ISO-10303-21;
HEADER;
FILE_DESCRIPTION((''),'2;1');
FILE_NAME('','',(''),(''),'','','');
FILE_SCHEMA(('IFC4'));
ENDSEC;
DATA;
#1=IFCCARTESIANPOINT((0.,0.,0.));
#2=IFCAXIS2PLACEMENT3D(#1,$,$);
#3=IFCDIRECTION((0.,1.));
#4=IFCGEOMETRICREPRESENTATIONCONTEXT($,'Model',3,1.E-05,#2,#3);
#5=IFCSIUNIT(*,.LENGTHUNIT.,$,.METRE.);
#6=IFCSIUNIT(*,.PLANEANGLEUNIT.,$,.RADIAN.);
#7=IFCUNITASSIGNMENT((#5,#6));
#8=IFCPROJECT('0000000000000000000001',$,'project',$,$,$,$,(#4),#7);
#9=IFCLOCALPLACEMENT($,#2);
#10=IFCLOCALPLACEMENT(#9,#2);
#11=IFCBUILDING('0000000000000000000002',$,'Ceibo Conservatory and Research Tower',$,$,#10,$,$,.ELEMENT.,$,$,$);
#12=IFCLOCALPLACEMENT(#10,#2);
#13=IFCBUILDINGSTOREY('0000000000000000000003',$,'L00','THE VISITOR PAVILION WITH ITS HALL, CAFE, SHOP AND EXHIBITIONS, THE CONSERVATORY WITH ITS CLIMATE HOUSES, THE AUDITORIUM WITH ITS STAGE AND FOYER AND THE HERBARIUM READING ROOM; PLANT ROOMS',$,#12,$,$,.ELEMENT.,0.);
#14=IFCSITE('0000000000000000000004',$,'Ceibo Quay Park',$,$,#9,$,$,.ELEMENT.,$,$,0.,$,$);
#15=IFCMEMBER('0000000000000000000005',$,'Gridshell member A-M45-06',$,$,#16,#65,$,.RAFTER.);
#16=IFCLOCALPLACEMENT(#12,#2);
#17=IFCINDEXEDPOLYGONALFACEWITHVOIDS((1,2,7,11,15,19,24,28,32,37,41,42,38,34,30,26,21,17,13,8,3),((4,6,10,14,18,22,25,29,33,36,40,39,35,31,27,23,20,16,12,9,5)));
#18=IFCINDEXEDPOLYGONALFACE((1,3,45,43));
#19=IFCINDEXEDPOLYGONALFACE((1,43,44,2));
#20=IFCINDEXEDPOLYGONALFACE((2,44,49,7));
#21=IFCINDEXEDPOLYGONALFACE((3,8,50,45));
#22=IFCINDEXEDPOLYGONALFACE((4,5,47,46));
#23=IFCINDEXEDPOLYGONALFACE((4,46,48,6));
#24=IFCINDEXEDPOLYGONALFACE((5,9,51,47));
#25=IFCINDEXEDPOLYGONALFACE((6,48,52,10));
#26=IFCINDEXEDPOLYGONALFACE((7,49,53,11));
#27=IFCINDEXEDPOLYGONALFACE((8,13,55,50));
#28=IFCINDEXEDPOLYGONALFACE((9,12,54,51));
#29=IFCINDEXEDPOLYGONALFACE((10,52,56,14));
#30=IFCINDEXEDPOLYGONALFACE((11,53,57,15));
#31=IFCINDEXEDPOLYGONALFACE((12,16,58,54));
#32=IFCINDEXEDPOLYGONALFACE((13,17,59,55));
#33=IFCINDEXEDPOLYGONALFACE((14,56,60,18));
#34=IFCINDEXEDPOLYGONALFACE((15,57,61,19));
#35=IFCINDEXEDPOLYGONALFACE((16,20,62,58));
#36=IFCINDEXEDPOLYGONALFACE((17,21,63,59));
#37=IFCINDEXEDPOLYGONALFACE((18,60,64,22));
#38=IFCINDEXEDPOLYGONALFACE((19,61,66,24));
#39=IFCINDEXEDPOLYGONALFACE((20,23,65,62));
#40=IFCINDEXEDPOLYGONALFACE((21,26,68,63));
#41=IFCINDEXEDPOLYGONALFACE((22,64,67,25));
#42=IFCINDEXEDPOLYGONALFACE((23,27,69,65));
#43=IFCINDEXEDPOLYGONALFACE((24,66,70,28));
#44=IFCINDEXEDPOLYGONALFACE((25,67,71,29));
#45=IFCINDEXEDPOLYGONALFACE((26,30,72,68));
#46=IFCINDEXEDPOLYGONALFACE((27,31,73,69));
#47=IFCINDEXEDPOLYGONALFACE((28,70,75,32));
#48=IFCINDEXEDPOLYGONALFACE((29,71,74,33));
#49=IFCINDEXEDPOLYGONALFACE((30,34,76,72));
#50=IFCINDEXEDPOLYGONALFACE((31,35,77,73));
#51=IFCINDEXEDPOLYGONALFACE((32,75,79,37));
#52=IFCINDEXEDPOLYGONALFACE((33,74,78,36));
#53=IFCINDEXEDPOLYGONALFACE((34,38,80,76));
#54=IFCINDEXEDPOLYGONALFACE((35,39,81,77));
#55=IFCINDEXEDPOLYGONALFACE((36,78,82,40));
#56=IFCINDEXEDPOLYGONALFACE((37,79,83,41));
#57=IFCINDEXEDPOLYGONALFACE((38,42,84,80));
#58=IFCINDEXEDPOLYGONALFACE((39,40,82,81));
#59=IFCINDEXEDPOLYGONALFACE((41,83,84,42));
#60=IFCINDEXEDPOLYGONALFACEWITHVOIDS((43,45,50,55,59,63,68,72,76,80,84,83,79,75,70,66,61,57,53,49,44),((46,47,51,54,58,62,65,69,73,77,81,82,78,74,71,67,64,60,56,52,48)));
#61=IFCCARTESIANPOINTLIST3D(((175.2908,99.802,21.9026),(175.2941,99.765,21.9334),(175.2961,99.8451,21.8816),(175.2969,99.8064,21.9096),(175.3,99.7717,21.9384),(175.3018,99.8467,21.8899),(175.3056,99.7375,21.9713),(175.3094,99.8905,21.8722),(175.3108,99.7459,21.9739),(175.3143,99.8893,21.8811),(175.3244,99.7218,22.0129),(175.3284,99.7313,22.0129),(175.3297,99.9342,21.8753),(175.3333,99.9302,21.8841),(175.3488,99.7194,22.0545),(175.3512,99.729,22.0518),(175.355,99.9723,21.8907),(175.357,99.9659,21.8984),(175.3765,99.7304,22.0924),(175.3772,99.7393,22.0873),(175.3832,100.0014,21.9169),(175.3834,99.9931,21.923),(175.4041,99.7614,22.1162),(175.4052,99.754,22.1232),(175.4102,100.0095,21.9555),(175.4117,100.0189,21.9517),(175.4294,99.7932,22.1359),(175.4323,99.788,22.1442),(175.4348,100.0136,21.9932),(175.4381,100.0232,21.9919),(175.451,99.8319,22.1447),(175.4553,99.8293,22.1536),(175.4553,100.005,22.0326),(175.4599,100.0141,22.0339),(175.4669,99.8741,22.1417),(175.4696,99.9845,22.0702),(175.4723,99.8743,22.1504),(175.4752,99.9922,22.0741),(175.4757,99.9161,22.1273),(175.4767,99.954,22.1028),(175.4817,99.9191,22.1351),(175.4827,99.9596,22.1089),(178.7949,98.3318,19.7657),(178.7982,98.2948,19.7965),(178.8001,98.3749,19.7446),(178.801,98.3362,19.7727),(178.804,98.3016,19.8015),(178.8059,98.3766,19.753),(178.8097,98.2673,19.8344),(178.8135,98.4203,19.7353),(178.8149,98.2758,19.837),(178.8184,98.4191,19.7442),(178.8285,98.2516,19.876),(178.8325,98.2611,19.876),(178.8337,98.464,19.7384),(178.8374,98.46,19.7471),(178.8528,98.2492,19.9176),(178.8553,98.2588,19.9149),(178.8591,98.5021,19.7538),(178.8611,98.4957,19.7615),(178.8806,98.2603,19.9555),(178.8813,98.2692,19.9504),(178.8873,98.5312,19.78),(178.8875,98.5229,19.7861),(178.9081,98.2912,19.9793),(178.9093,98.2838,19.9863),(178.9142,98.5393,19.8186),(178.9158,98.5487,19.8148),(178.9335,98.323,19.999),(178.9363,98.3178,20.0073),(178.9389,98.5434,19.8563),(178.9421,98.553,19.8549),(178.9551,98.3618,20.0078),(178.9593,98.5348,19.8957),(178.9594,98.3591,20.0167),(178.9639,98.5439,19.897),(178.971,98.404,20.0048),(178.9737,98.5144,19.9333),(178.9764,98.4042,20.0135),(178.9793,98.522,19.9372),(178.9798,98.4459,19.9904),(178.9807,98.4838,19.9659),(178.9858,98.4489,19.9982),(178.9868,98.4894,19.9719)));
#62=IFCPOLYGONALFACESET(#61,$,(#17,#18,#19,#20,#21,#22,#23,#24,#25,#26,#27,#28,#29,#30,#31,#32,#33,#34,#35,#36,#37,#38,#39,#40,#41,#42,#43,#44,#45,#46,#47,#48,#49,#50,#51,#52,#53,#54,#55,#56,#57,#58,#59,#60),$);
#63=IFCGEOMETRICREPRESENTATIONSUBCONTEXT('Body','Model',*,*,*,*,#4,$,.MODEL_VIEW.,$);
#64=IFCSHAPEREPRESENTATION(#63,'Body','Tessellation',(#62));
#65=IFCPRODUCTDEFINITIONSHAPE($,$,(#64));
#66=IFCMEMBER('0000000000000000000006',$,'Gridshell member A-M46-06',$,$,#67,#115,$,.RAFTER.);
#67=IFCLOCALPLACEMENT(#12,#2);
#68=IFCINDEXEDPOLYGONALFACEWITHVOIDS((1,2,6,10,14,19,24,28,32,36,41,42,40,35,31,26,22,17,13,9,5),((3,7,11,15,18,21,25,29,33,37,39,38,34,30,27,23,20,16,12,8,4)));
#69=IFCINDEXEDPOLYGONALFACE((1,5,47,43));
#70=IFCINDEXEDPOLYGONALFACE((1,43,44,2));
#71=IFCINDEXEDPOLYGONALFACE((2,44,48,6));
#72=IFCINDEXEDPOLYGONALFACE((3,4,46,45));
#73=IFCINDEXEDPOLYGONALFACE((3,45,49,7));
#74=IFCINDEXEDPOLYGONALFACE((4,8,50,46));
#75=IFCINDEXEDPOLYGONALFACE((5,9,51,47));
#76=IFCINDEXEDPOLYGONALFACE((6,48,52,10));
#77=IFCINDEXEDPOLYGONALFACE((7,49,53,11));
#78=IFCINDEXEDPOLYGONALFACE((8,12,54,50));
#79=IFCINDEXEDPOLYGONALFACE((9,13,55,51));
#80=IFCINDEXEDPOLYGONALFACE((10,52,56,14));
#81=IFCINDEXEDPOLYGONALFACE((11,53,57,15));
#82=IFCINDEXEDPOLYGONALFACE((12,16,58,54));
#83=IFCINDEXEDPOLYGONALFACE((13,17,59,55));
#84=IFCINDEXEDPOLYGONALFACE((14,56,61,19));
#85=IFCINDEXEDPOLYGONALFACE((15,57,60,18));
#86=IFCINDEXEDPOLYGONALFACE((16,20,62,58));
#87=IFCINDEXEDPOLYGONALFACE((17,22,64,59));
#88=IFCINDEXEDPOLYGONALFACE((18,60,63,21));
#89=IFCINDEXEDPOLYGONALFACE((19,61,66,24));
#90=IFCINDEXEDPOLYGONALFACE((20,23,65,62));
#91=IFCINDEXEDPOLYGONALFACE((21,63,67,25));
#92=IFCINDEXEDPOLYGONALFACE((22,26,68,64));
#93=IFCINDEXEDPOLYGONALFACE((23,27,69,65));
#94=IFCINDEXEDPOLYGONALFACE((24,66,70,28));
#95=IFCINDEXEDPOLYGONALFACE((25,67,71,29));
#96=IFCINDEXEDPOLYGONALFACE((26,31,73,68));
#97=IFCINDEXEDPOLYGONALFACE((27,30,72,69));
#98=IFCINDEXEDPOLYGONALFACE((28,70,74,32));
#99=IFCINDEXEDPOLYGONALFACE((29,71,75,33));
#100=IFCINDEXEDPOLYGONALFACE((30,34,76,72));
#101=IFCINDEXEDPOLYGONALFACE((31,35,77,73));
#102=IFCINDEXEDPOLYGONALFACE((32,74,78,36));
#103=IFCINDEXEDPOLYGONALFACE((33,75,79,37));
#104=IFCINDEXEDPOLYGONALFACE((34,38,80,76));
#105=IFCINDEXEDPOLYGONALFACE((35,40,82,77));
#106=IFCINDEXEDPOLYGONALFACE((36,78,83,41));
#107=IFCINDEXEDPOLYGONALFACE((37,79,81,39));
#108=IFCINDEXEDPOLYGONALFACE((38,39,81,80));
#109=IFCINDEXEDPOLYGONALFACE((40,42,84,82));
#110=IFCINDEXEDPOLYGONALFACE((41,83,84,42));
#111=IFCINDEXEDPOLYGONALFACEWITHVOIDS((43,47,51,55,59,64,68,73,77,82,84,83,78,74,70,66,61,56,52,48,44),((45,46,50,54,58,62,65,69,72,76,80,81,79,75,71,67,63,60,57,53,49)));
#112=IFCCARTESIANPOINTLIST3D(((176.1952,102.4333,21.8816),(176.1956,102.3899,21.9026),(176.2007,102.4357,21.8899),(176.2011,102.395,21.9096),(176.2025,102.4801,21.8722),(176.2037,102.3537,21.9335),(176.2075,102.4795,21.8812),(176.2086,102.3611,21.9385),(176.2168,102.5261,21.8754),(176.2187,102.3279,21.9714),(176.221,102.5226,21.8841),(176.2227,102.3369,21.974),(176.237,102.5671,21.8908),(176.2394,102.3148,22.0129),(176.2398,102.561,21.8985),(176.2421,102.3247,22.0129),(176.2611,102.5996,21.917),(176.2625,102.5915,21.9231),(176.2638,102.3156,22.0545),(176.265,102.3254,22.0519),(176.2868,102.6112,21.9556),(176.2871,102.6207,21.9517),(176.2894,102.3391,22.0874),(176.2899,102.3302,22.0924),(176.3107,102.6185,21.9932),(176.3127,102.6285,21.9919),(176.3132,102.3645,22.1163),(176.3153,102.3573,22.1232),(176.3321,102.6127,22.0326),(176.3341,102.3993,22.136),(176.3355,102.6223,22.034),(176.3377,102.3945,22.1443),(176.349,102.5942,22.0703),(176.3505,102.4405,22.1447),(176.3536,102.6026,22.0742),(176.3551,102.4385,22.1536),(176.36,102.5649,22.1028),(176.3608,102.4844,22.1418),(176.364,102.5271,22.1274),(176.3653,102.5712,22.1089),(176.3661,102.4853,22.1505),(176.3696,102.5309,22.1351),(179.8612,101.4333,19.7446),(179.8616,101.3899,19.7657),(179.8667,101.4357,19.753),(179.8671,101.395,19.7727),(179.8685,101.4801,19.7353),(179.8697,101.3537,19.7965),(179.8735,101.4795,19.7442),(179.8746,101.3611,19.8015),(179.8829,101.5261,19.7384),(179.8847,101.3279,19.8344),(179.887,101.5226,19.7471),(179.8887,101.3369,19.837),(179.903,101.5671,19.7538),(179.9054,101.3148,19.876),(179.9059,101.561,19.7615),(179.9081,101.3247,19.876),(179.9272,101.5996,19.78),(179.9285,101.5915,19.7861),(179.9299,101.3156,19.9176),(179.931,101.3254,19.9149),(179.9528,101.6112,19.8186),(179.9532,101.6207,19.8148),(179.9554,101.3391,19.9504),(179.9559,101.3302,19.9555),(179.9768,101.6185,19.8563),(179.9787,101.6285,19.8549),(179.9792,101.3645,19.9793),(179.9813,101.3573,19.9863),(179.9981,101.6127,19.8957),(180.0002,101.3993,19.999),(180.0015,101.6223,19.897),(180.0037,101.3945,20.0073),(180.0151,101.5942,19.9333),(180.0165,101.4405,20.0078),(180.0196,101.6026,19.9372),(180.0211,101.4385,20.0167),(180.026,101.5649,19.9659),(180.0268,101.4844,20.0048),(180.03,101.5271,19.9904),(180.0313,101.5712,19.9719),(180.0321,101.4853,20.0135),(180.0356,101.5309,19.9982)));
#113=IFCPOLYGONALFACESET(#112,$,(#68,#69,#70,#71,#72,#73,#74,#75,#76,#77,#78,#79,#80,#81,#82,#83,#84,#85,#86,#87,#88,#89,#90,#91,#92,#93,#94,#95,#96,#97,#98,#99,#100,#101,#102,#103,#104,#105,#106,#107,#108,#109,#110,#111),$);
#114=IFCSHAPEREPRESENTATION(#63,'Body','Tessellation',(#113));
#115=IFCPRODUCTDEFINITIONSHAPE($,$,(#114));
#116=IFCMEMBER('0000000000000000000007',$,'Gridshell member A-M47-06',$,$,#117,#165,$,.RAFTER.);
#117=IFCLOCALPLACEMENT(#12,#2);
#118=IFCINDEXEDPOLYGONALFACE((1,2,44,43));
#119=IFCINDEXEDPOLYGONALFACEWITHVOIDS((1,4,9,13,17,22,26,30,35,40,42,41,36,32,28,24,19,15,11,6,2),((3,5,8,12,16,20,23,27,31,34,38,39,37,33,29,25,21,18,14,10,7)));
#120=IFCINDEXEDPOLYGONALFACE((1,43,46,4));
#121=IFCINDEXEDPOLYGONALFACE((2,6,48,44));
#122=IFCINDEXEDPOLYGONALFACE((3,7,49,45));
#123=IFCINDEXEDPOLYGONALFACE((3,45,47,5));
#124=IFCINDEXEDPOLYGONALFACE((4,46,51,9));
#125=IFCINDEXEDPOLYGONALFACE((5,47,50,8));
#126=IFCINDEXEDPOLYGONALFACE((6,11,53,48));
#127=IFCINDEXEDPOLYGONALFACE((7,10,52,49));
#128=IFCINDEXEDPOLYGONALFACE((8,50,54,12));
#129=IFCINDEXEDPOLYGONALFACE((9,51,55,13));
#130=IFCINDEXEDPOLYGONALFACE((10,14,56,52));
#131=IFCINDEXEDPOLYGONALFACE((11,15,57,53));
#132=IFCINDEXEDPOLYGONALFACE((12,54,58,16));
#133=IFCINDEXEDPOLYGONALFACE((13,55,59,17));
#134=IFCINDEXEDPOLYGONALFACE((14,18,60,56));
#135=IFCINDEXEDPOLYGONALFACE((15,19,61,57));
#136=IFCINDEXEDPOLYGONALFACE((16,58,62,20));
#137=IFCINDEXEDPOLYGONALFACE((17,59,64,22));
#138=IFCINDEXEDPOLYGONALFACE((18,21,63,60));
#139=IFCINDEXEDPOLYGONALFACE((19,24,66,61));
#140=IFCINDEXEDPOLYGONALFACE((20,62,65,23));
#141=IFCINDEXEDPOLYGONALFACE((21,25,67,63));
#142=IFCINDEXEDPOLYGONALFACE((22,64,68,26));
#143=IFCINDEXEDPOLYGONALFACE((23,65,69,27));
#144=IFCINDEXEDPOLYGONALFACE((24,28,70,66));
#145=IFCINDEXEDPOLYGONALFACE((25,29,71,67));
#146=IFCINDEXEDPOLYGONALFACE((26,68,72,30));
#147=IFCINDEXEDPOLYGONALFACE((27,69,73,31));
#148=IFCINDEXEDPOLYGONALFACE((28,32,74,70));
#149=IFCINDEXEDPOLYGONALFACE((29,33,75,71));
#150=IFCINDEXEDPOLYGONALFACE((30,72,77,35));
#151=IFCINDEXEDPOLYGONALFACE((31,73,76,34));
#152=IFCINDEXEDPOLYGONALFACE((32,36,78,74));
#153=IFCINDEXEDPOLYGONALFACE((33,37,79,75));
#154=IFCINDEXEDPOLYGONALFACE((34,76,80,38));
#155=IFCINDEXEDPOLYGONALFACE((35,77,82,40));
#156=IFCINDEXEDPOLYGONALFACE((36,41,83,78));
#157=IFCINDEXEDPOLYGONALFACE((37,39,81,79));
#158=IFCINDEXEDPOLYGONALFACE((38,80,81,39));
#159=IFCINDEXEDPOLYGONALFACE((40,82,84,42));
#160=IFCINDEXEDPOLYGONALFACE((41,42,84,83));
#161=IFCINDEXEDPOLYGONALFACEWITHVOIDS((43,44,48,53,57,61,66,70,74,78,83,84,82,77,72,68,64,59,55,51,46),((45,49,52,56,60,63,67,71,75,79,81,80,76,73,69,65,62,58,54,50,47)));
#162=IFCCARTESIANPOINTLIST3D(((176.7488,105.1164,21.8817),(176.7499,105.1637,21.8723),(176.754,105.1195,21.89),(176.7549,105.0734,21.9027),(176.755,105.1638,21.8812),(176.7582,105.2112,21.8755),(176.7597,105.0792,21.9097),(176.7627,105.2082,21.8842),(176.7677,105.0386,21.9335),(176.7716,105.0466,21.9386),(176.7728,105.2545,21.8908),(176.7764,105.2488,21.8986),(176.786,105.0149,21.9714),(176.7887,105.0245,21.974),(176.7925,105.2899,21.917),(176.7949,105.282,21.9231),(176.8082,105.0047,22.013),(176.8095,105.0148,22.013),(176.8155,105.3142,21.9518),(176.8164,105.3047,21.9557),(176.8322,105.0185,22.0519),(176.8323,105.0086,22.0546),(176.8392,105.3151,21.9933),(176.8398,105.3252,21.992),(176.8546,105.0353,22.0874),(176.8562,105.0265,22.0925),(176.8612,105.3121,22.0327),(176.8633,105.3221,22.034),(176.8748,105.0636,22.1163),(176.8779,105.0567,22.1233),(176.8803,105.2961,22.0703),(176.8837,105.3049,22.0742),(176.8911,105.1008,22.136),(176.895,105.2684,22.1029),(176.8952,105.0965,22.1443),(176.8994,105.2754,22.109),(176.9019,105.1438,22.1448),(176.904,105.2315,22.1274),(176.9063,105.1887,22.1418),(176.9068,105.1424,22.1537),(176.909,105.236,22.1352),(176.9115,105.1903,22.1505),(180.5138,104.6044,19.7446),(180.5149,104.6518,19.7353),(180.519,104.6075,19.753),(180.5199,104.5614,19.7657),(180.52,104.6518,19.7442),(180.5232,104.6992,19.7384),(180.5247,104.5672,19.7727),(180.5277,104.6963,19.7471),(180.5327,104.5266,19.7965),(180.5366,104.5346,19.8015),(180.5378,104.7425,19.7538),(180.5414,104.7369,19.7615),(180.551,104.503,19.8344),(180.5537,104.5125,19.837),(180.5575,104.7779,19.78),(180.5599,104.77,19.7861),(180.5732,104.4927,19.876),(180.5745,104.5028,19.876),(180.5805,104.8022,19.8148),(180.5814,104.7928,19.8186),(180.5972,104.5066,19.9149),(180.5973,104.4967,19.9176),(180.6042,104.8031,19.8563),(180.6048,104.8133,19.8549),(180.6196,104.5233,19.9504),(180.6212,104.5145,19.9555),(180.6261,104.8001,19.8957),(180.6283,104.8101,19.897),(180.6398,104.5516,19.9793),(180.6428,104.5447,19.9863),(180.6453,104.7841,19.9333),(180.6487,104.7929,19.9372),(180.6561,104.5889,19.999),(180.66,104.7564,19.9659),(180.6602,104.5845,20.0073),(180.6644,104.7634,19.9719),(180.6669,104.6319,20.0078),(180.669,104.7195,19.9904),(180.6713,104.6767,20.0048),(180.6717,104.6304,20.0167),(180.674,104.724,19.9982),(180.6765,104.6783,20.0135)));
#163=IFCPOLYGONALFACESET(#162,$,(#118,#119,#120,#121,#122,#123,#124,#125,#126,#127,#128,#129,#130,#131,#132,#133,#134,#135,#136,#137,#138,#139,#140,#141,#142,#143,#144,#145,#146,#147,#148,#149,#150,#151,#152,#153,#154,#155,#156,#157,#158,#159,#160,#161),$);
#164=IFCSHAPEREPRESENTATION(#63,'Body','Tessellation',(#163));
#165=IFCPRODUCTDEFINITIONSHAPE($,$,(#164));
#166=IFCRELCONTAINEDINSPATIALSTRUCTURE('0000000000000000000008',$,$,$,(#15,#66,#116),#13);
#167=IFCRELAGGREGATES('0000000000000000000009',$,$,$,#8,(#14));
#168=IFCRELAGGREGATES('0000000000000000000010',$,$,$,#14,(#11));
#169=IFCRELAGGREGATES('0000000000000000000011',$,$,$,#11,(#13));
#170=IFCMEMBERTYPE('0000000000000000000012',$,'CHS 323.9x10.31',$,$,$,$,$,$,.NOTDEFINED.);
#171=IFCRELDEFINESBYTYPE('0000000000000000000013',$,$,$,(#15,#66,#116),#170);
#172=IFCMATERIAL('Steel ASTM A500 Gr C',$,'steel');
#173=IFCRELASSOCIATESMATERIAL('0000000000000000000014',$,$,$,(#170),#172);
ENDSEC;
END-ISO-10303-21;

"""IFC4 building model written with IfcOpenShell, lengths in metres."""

from ifc_helpers import new_model, si_unit, direction, frame, origin, origin_2d, place, context, subcontext, project, spatial, hollow_circle, extrude, material, material_profile, profile_set, type_object, element, save


model = new_model("IFC4")

# Units and contexts
model_context = context("Model", 3, precision=1e-05, world=origin(), true_north=direction((0.0, 1.0)))
body_context = subcontext(model_context, "Body", "Model", "MODEL_VIEW")
ifc_project = project(units=[si_unit("LENGTHUNIT", "METRE"), si_unit("PLANEANGLEUNIT", "RADIAN")], contexts=[model_context])

# Site, building, storey
site_placement = place(None, origin())
site = spatial("IfcSite", under=ifc_project, at=site_placement, Name="Ceibo Quay Park", CompositionType="ELEMENT", RefElevation=0.0)
building_placement = place(site_placement, origin())
building = spatial("IfcBuilding", under=site, at=building_placement, Name="Ceibo Conservatory and Research Tower", CompositionType="ELEMENT")
storey_placement = place(building_placement, origin())
storey = spatial("IfcBuildingStorey", under=building, at=storey_placement, Name="L00", Description="THE VISITOR PAVILION WITH ITS HALL, CAFE, SHOP AND EXHIBITIONS, THE CONSERVATORY WITH ITS CLIMATE HOUSES, THE AUDITORIUM WITH ITS STAGE AND FOYER AND THE HERBARIUM READING ROOM; PLANT ROOMS", CompositionType="ELEMENT", Elevation=0.0)

# Members
ifc_material_1 = material(Name="Steel ASTM A500 Gr C", Category="steel")
ifc_material_profile_1 = material_profile(ifc_material_1, hollow_circle(Radius=0.1619, WallThickness=0.0103, at=origin_2d()), Name="CHS 323.9x10.31")
ifc_profile_set_1 = profile_set([ifc_material_profile_1], Name="Steel ASTM A500 Gr C")
member_type_1 = type_object("IfcMemberType", Name="CHS 323.9x10.31", PredefinedType="NOTDEFINED", material=ifc_profile_set_1)
for number, where, z_axis, x_axis, name in (
    (1, (178.8911, 98.4009, 19.876), (-0.803755, 0.337226, 0.49016), (-0.386891, -0.922126, 0.0), "Gridshell member A-M45-06"),
    (2, (179.948, 101.4709, 19.876), (-0.840903, 0.229378, 0.490172), (-0.263161, -0.964752, 0.0), "Gridshell member A-M46-06"),
):
    element("IfcMember", number, at=place(storey_placement, frame(where, z_axis=z_axis, x_axis=x_axis)), inside=storey, type_object=member_type_1, Name=name, PredefinedType="RAFTER", context=body_context, shape_type="SweptSolid", body=[
        extrude(hollow_circle(Radius=0.1619, WallThickness=0.0103, at=origin_2d()), origin(), (0.0, 0.0, 1.0), 4.3596),
    ])
member_1_placement = place(storey_placement, frame((180.595, 104.6531, 19.876), z_axis=(-0.863654, 0.117443, 0.490213), x_axis=(-0.134743, -0.990881, 0.0)))
element("IfcMember", 3, at=member_1_placement, inside=storey, type_object=member_type_1, Name="Gridshell member A-M47-06", PredefinedType="RAFTER", context=body_context, shape_type="SweptSolid", body=[
    extrude(hollow_circle(Radius=0.1619, WallThickness=0.0103, at=origin_2d()), origin(), (0.0, 0.0, 1.0), 4.3594),
])

save(model, "model.ifc")
